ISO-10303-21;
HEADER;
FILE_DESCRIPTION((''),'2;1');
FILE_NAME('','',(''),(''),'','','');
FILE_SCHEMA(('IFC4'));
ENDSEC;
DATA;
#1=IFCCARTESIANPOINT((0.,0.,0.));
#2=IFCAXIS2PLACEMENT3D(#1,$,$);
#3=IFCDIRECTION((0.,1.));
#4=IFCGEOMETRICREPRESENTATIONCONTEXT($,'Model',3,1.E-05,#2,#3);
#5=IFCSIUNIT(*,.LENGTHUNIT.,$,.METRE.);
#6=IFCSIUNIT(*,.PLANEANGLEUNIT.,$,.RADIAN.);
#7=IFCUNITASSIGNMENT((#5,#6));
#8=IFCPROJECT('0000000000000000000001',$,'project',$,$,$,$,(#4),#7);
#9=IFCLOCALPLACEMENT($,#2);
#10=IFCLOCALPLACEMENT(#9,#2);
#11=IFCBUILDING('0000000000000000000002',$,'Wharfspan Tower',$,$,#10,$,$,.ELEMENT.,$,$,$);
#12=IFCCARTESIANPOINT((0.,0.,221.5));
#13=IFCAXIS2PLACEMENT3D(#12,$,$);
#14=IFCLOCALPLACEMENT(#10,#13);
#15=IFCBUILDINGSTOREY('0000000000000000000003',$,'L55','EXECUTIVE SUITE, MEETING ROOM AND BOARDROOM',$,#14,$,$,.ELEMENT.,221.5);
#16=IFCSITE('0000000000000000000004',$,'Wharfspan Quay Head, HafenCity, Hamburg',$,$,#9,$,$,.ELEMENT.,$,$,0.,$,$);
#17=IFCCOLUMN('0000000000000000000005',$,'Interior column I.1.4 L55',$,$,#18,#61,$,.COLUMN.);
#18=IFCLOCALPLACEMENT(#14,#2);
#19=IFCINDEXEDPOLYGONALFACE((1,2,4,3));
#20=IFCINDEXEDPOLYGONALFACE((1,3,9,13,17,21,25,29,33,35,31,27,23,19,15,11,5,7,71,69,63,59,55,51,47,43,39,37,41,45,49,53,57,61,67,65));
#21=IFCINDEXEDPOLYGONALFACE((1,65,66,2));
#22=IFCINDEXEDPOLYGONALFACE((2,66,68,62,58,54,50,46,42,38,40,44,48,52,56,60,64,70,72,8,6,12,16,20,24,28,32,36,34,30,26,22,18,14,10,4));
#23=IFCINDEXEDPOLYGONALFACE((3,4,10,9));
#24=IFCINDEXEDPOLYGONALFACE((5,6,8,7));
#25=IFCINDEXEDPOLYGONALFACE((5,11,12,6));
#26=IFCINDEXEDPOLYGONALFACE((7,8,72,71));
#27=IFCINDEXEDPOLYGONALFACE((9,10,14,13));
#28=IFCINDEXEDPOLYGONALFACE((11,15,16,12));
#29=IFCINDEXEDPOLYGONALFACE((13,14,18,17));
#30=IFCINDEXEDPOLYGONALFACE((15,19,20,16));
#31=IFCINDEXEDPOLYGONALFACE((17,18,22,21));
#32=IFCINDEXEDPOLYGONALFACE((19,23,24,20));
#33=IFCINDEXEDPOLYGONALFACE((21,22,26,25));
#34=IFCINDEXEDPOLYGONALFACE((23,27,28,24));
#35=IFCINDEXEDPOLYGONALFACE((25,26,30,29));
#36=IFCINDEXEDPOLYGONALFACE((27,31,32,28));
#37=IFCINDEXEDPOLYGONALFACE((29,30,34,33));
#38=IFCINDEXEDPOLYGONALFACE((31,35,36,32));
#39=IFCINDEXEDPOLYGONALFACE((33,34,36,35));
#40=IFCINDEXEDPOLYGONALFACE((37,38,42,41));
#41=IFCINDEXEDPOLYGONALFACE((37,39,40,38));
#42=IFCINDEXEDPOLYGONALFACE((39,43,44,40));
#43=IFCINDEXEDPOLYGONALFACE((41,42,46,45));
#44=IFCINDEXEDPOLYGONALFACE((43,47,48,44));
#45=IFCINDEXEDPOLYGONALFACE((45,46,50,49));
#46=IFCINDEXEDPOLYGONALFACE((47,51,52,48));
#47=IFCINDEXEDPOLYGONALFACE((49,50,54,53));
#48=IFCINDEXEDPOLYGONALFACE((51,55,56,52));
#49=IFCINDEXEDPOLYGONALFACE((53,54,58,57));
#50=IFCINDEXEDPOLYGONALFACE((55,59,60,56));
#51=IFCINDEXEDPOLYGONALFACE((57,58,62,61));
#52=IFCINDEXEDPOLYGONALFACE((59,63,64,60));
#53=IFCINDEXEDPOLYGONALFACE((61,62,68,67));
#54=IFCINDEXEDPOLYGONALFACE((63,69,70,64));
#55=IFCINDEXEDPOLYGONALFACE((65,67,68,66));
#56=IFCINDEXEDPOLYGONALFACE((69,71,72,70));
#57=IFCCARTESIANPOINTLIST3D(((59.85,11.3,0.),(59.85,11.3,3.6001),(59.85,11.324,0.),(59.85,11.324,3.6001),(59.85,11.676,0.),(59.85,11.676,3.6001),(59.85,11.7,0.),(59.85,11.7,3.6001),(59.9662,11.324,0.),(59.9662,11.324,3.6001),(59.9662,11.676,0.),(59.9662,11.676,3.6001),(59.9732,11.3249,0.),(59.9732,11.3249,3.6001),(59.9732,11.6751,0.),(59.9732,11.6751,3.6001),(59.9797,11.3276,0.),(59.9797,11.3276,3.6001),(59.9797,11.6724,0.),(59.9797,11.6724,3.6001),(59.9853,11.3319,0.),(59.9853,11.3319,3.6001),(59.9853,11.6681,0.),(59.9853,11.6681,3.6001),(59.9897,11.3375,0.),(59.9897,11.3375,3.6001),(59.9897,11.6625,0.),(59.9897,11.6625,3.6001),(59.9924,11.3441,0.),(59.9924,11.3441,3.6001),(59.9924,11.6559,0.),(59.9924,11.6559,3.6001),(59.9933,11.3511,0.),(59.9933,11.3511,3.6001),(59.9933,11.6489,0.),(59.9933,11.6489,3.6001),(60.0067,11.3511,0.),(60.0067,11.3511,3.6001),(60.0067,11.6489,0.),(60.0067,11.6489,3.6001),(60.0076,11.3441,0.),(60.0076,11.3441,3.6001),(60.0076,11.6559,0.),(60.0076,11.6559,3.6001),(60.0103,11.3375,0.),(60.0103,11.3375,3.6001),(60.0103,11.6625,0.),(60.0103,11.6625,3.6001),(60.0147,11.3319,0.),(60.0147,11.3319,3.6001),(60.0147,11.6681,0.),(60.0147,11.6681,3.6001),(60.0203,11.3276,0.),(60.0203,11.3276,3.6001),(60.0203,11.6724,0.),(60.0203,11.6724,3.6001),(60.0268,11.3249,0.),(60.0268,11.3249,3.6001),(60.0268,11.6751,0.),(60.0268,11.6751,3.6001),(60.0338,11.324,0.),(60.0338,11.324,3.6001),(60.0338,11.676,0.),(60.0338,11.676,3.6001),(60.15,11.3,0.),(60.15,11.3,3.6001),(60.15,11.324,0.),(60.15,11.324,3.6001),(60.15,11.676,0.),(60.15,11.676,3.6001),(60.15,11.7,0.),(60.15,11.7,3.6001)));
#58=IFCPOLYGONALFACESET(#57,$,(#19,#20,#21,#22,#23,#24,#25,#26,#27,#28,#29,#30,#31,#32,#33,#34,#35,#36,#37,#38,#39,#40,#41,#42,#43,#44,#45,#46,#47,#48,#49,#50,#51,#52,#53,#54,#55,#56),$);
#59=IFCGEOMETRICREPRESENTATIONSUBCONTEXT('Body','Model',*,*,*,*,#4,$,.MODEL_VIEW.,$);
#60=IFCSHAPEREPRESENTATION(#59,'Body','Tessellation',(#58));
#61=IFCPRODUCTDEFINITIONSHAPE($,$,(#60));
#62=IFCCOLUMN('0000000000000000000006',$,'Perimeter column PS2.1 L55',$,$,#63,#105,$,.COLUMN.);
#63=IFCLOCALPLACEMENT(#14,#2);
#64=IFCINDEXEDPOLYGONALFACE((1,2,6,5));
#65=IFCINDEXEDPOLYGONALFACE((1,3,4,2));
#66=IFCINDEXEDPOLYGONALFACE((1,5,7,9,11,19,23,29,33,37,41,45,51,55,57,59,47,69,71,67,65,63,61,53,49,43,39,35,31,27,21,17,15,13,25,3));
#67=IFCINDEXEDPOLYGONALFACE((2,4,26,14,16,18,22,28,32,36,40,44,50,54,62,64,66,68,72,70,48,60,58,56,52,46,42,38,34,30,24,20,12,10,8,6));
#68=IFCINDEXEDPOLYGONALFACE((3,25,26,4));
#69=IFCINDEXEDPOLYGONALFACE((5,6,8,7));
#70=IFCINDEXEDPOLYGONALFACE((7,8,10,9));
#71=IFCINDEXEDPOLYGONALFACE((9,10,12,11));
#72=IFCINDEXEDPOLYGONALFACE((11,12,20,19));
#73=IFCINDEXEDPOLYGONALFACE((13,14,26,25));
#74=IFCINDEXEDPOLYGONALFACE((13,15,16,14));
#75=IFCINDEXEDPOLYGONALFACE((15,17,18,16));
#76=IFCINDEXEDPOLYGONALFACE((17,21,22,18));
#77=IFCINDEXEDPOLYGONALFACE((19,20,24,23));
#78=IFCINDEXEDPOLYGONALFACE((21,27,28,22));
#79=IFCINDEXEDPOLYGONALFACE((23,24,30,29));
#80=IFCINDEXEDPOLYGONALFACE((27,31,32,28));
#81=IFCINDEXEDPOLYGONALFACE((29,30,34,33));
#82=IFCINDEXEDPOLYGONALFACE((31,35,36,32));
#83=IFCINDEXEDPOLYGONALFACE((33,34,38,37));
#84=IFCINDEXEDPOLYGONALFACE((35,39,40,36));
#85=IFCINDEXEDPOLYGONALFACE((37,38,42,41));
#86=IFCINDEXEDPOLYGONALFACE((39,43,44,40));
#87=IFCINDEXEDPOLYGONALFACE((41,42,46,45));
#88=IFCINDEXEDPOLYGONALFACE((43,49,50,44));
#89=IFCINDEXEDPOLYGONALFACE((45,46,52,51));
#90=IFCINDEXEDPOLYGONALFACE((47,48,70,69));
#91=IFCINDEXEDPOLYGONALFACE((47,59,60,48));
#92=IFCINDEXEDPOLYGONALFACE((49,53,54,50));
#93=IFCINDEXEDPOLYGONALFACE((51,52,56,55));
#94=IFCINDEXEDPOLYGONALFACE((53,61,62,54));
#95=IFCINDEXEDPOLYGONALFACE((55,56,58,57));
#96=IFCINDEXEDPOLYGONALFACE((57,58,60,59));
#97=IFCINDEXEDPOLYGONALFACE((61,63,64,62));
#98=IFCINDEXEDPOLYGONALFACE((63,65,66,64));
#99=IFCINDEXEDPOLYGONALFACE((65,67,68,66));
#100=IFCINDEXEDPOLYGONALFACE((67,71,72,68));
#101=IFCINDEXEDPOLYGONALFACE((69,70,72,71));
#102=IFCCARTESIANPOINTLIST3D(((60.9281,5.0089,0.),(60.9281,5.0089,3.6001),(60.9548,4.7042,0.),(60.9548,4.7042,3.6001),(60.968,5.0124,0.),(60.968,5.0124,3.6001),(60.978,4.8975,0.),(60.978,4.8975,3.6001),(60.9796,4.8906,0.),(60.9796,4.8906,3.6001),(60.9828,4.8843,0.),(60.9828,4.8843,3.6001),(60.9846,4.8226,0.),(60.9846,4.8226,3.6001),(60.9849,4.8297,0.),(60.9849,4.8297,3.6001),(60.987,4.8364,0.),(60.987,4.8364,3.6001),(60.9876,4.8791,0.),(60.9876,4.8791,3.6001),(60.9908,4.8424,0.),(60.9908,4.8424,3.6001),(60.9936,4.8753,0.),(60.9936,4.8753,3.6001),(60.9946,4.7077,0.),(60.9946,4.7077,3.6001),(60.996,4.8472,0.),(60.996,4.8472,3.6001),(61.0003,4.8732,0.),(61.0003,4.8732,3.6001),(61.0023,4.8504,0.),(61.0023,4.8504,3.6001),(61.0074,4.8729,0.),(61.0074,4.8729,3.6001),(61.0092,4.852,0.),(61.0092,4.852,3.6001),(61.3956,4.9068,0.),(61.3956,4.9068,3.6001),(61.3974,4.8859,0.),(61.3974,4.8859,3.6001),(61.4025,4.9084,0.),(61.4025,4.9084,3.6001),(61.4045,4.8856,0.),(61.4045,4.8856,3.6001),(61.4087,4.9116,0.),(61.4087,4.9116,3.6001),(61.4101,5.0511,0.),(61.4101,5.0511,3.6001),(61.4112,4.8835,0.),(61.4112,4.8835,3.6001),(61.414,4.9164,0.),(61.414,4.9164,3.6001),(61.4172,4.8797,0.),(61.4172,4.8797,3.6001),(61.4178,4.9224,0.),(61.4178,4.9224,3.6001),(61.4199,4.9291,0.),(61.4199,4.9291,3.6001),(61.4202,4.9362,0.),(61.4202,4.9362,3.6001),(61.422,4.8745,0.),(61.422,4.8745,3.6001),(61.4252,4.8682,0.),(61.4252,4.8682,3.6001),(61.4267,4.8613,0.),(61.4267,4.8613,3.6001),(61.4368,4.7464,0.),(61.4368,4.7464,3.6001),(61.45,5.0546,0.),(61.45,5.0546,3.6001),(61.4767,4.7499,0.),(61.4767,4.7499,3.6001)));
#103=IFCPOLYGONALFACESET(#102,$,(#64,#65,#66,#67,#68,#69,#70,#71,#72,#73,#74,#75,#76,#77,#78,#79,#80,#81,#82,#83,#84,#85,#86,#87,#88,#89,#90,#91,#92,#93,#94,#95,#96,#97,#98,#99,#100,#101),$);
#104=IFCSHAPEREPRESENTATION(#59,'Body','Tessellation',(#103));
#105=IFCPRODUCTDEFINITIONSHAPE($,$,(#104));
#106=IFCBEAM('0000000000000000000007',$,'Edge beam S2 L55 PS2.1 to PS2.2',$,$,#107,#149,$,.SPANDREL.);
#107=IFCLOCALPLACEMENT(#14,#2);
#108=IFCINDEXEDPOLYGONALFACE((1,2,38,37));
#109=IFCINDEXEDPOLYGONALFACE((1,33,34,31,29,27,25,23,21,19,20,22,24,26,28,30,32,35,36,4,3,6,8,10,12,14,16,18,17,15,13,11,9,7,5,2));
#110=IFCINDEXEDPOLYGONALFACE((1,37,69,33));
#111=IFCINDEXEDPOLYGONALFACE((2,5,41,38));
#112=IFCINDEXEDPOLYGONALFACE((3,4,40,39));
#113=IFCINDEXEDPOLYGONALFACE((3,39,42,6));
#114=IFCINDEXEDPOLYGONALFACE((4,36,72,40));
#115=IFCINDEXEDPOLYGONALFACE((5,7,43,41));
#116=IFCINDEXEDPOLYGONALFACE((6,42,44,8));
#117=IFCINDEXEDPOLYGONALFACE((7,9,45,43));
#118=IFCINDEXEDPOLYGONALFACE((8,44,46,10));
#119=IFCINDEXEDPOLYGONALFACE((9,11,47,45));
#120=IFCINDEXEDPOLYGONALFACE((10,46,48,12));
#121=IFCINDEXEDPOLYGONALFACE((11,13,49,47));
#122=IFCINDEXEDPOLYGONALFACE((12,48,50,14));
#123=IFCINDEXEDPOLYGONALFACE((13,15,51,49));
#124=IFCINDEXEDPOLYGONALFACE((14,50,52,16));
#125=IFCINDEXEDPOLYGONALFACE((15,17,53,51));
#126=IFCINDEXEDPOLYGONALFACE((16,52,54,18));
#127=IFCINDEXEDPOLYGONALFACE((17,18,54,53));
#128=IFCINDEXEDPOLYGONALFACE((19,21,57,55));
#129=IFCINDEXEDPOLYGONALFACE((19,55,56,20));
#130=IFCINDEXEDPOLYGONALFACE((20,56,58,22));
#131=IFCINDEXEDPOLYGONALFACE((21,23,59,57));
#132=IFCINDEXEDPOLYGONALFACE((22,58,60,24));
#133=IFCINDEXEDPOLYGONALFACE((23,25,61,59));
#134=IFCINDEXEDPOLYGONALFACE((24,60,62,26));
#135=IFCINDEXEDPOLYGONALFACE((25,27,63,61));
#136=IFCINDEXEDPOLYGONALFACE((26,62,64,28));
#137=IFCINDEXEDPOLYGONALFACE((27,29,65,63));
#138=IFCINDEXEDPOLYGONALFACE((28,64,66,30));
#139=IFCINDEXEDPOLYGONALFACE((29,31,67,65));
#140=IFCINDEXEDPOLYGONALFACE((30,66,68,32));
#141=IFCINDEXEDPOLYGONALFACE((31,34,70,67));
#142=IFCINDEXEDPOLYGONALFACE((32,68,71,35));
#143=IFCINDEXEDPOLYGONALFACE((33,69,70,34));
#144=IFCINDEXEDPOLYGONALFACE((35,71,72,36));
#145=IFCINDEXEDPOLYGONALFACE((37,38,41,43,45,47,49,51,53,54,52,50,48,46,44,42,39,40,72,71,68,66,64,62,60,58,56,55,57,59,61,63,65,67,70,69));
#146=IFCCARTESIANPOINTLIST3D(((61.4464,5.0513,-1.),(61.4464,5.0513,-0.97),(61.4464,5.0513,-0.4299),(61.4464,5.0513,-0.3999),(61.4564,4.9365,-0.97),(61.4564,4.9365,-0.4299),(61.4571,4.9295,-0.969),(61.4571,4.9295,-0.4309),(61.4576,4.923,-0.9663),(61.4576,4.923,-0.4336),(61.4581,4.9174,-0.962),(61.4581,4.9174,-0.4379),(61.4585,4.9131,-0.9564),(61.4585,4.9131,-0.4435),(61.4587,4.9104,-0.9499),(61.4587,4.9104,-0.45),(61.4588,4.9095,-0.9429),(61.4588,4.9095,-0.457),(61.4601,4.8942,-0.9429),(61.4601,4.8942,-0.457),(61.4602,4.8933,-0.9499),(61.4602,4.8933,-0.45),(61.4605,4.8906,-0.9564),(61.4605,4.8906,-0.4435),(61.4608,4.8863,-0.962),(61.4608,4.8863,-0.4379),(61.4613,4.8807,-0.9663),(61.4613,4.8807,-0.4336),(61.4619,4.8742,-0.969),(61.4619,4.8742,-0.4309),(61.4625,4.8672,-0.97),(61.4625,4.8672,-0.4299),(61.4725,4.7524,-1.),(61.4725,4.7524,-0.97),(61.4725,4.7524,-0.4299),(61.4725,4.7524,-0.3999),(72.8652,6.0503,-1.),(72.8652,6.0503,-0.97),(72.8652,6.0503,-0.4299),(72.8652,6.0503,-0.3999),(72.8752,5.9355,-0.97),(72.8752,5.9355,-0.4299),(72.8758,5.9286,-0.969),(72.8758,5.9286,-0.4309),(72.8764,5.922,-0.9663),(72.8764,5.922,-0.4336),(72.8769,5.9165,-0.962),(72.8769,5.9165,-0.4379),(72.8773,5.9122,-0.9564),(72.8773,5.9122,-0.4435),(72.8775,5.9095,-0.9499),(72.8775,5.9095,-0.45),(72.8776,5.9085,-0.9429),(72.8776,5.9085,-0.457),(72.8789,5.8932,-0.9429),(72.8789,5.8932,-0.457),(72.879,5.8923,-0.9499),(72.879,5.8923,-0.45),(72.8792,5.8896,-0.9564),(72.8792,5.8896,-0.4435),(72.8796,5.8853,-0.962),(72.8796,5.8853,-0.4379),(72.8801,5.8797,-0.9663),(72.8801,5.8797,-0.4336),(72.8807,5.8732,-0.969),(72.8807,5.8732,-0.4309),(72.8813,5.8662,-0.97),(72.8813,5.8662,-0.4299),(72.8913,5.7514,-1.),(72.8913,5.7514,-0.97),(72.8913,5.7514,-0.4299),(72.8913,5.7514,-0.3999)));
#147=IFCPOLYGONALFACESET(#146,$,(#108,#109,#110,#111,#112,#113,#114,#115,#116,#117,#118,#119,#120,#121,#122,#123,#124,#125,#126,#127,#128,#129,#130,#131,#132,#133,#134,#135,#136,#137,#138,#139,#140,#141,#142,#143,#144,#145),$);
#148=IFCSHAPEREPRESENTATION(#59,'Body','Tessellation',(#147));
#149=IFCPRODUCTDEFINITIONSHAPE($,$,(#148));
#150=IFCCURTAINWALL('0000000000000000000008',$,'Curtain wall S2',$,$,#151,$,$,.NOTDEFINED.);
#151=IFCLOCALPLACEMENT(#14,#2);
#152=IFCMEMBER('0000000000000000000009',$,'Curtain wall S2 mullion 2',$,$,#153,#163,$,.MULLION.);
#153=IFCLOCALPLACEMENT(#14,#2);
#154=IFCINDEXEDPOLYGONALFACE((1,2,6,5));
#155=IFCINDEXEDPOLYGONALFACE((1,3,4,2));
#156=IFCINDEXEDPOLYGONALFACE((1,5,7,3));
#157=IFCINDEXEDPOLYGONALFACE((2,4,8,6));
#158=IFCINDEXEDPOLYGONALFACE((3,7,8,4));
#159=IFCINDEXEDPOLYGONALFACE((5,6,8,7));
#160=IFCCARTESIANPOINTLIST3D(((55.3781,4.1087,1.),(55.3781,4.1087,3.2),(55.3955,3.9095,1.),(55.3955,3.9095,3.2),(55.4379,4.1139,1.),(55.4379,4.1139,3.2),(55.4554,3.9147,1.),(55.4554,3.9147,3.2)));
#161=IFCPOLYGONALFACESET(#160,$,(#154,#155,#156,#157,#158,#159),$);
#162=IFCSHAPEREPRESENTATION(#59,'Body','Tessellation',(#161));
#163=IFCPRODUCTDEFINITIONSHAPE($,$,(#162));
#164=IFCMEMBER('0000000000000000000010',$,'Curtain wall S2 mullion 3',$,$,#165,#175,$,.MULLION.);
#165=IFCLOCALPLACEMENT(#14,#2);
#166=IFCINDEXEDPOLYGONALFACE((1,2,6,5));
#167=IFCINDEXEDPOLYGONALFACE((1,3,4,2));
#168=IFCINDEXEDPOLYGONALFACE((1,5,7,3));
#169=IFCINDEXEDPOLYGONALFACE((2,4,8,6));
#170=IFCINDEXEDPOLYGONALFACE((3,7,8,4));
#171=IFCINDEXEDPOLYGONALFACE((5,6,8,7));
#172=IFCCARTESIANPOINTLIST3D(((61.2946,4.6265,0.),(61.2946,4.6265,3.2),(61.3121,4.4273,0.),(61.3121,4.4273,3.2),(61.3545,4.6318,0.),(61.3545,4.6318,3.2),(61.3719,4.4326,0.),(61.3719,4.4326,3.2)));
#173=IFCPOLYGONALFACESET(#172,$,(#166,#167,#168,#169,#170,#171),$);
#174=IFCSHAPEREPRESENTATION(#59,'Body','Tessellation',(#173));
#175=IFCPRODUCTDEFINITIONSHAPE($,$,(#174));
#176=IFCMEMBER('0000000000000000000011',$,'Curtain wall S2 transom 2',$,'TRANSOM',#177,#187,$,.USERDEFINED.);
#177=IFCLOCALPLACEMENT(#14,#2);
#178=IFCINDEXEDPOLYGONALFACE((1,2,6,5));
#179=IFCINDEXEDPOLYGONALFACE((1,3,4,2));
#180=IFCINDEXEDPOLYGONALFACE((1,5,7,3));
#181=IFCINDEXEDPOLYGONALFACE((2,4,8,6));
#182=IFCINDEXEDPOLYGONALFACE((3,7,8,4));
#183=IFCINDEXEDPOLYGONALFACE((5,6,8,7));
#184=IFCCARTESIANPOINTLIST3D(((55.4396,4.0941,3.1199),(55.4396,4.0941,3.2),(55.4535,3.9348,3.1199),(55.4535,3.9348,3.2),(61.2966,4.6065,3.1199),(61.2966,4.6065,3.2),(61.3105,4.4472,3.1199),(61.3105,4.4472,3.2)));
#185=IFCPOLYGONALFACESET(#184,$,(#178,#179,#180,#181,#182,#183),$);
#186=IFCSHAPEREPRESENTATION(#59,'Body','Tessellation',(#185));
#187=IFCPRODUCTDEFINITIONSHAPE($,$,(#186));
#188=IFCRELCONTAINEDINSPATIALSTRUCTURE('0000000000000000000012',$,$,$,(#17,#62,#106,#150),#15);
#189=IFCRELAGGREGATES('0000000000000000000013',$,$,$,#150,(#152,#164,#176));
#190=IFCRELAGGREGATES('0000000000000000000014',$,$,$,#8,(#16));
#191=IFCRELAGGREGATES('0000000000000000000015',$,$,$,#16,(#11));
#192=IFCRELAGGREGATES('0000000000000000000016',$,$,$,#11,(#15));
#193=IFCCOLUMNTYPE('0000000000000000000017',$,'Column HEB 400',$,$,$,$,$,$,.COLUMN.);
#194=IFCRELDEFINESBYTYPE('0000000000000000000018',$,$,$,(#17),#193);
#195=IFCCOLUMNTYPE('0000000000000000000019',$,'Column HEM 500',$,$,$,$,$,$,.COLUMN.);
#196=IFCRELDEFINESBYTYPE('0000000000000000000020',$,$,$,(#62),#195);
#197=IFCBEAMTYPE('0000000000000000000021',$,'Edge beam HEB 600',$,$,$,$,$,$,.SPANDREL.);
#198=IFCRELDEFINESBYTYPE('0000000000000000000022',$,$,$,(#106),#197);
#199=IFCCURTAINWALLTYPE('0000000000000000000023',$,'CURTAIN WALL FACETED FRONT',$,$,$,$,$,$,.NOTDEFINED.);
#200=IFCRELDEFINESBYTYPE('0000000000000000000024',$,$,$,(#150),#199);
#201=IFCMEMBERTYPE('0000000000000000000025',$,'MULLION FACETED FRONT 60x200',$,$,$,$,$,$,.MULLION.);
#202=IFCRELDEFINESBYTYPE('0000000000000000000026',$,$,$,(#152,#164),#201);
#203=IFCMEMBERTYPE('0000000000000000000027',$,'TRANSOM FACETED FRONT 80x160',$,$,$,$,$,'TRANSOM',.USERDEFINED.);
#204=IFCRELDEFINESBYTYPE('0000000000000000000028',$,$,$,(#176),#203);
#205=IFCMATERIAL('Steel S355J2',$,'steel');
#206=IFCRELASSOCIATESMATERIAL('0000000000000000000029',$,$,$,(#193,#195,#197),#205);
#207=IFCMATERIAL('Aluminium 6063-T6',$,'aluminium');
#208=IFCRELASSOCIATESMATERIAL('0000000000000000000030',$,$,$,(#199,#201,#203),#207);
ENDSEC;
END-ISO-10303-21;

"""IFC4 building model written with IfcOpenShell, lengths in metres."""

from ifc_helpers import new_model, si_unit, direction, frame, origin, origin_2d, place, context, subcontext, project, spatial, rectangle, i_section, extrude, material, material_profile, profile_set, type_object, element, aggregate, save


model = new_model("IFC4")

# Units and contexts
model_context = context("Model", 3, precision=1e-05, world=origin(), true_north=direction((0.0, 1.0)))
body_context = subcontext(model_context, "Body", "Model", "MODEL_VIEW")
ifc_project = project(units=[si_unit("LENGTHUNIT", "METRE"), si_unit("PLANEANGLEUNIT", "RADIAN")], contexts=[model_context])

# Site, building, storey
site_placement = place(None, origin())
site = spatial("IfcSite", under=ifc_project, at=site_placement, Name="Wharfspan Quay Head, HafenCity, Hamburg", CompositionType="ELEMENT", RefElevation=0.0)
building_placement = place(site_placement, origin())
building = spatial("IfcBuilding", under=site, at=building_placement, Name="Wharfspan Tower", CompositionType="ELEMENT")
storey_placement = place(building_placement, frame((0.0, 0.0, 221.5)))
storey = spatial("IfcBuildingStorey", under=building, at=storey_placement, Name="L55", Description="EXECUTIVE SUITE, MEETING ROOM AND BOARDROOM", CompositionType="ELEMENT", Elevation=221.5)

# Columns
ifc_material_1 = material(Name="Steel S355J2", Category="steel")
ifc_material_profile_1 = material_profile(ifc_material_1, i_section(OverallWidth=0.3, OverallDepth=0.3999, WebThickness=0.0134, FlangeThickness=0.0239, FilletRadius=0.0271, at=origin_2d()))
ifc_profile_set_1 = profile_set([ifc_material_profile_1], Name="Steel S355J2")
column_type_1 = type_object("IfcColumnType", Name="Column HEB 400", PredefinedType="COLUMN", material=ifc_profile_set_1)
column_1_placement = place(storey_placement, frame((60.0, 11.5, 0.0), z_axis=(0.0, 0.0, 1.0), x_axis=(1.0, 0.0, 0.0)))
element("IfcColumn", 1, at=column_1_placement, inside=storey, type_object=column_type_1, Name="Interior column I.1.4 L55", PredefinedType="COLUMN", context=body_context, shape_type="SweptSolid", body=[
    extrude(i_section(OverallWidth=0.3, OverallDepth=0.3999, WebThickness=0.0134, FlangeThickness=0.0239, FilletRadius=0.0271, at=origin_2d()), origin(), (0.0, 0.0, 1.0), 3.6001),
])
ifc_material_profile_2 = material_profile(ifc_material_1, i_section(OverallWidth=0.3059, OverallDepth=0.5239, WebThickness=0.021, FlangeThickness=0.04, FilletRadius=0.0271, at=origin_2d()))
ifc_profile_set_2 = profile_set([ifc_material_profile_2], Name="Steel S355J2")
column_type_2 = type_object("IfcColumnType", Name="Column HEM 500", PredefinedType="COLUMN", material=ifc_profile_set_2)
column_2_placement = place(storey_placement, frame((61.2024, 4.8794, 0.0), z_axis=(0.0, 0.0, 1.0), x_axis=(0.087156, -0.996197, 0.0)))
element("IfcColumn", 2, at=column_2_placement, inside=storey, type_object=column_type_2, Name="Perimeter column PS2.1 L55", PredefinedType="COLUMN", context=body_context, shape_type="SweptSolid", body=[
    extrude(i_section(OverallWidth=0.3059, OverallDepth=0.5239, WebThickness=0.021, FlangeThickness=0.04, FilletRadius=0.0271, at=origin_2d()), origin(), (0.0, 0.0, 1.0), 3.6001),
])

# Beam
ifc_material_profile_3 = material_profile(ifc_material_1, i_section(OverallWidth=0.3, OverallDepth=0.6001, WebThickness=0.0154, FlangeThickness=0.03, FilletRadius=0.0271, at=origin_2d()))
ifc_profile_set_3 = profile_set([ifc_material_profile_3], Name="Steel S355J2")
beam_type = type_object("IfcBeamType", Name="Edge beam HEB 600", PredefinedType="SPANDREL", material=ifc_profile_set_3)
beam_placement = place(storey_placement, frame((61.4595, 4.9019, -0.7), z_axis=(0.996195, 0.087157, 0.0), x_axis=(-0.087157, 0.996195, 0.0)))
element("IfcBeam", 3, at=beam_placement, inside=storey, type_object=beam_type, Name="Edge beam S2 L55 PS2.1 to PS2.2", PredefinedType="SPANDREL", context=body_context, shape_type="SweptSolid", body=[
    extrude(i_section(OverallWidth=0.3, OverallDepth=0.6001, WebThickness=0.0154, FlangeThickness=0.03, FilletRadius=0.0271, at=origin_2d()), origin(), (0.0, 0.0, 1.0), 11.4624),
])

# Curtain wall, members
ifc_material_2 = material(Name="Aluminium 6063-T6", Category="aluminium")
curtain_wall_type = type_object("IfcCurtainWallType", Name="CURTAIN WALL FACETED FRONT", PredefinedType="NOTDEFINED", material=ifc_material_2)
curtain_wall_placement = place(storey_placement, origin())
curtain_wall = element("IfcCurtainWall", 4, at=curtain_wall_placement, inside=storey, type_object=curtain_wall_type, Name="Curtain wall S2", PredefinedType="NOTDEFINED")
ifc_material_profile_4 = material_profile(ifc_material_2, rectangle(XDim=0.2, YDim=0.0601, at=origin_2d()))
ifc_profile_set_4 = profile_set([ifc_material_profile_4], Name="Aluminium 6063-T6")
member_type_1 = type_object("IfcMemberType", Name="MULLION FACETED FRONT 60x200", PredefinedType="MULLION", material=ifc_profile_set_4)
member_1_placement = place(storey_placement, frame((55.4167, 4.0117, 1.0), z_axis=(0.0, 0.0, 1.0), x_axis=(-0.087156, 0.996197, 0.0)))
member_1 = element("IfcMember", 5, at=member_1_placement, type_object=member_type_1, Name="Curtain wall S2 mullion 2", PredefinedType="MULLION", context=body_context, shape_type="SweptSolid", body=[
    extrude(rectangle(XDim=0.2, YDim=0.0601, at=origin_2d()), origin(), (0.0, 0.0, 1.0), 2.2),
])
member_2_placement = place(storey_placement, frame((61.3333, 4.5295, 0.0), z_axis=(0.0, 0.0, 1.0), x_axis=(-0.087156, 0.996197, 0.0)))
member_2 = element("IfcMember", 6, at=member_2_placement, type_object=member_type_1, Name="Curtain wall S2 mullion 3", PredefinedType="MULLION", context=body_context, shape_type="SweptSolid", body=[
    extrude(rectangle(XDim=0.2, YDim=0.0601, at=origin_2d()), origin(), (0.0, 0.0, 1.0), 3.2),
])
ifc_material_profile_5 = material_profile(ifc_material_2, rectangle(XDim=0.1599, YDim=0.0801, at=origin_2d()))
ifc_profile_set_5 = profile_set([ifc_material_profile_5], Name="Aluminium 6063-T6")
member_type_2 = type_object("IfcMemberType", Name="TRANSOM FACETED FRONT 80x160", ElementType="TRANSOM", PredefinedType="USERDEFINED", material=ifc_profile_set_5)
member_3_placement = place(storey_placement, frame((55.4465, 4.0144, 3.1599), z_axis=(0.996194, 0.087162, 0.0), x_axis=(-0.087162, 0.996194, 0.0)))
member_3 = element("IfcMember", 7, at=member_3_placement, type_object=member_type_2, Name="Curtain wall S2 transom 2", ObjectType="TRANSOM", PredefinedType="USERDEFINED", context=body_context, shape_type="SweptSolid", body=[
    extrude(rectangle(XDim=0.1599, YDim=0.0801, at=origin_2d()), origin(), (0.0, 0.0, 1.0), 5.8794),
])
aggregate(curtain_wall, [member_1, member_2, member_3])

save(model, "model.ifc")
